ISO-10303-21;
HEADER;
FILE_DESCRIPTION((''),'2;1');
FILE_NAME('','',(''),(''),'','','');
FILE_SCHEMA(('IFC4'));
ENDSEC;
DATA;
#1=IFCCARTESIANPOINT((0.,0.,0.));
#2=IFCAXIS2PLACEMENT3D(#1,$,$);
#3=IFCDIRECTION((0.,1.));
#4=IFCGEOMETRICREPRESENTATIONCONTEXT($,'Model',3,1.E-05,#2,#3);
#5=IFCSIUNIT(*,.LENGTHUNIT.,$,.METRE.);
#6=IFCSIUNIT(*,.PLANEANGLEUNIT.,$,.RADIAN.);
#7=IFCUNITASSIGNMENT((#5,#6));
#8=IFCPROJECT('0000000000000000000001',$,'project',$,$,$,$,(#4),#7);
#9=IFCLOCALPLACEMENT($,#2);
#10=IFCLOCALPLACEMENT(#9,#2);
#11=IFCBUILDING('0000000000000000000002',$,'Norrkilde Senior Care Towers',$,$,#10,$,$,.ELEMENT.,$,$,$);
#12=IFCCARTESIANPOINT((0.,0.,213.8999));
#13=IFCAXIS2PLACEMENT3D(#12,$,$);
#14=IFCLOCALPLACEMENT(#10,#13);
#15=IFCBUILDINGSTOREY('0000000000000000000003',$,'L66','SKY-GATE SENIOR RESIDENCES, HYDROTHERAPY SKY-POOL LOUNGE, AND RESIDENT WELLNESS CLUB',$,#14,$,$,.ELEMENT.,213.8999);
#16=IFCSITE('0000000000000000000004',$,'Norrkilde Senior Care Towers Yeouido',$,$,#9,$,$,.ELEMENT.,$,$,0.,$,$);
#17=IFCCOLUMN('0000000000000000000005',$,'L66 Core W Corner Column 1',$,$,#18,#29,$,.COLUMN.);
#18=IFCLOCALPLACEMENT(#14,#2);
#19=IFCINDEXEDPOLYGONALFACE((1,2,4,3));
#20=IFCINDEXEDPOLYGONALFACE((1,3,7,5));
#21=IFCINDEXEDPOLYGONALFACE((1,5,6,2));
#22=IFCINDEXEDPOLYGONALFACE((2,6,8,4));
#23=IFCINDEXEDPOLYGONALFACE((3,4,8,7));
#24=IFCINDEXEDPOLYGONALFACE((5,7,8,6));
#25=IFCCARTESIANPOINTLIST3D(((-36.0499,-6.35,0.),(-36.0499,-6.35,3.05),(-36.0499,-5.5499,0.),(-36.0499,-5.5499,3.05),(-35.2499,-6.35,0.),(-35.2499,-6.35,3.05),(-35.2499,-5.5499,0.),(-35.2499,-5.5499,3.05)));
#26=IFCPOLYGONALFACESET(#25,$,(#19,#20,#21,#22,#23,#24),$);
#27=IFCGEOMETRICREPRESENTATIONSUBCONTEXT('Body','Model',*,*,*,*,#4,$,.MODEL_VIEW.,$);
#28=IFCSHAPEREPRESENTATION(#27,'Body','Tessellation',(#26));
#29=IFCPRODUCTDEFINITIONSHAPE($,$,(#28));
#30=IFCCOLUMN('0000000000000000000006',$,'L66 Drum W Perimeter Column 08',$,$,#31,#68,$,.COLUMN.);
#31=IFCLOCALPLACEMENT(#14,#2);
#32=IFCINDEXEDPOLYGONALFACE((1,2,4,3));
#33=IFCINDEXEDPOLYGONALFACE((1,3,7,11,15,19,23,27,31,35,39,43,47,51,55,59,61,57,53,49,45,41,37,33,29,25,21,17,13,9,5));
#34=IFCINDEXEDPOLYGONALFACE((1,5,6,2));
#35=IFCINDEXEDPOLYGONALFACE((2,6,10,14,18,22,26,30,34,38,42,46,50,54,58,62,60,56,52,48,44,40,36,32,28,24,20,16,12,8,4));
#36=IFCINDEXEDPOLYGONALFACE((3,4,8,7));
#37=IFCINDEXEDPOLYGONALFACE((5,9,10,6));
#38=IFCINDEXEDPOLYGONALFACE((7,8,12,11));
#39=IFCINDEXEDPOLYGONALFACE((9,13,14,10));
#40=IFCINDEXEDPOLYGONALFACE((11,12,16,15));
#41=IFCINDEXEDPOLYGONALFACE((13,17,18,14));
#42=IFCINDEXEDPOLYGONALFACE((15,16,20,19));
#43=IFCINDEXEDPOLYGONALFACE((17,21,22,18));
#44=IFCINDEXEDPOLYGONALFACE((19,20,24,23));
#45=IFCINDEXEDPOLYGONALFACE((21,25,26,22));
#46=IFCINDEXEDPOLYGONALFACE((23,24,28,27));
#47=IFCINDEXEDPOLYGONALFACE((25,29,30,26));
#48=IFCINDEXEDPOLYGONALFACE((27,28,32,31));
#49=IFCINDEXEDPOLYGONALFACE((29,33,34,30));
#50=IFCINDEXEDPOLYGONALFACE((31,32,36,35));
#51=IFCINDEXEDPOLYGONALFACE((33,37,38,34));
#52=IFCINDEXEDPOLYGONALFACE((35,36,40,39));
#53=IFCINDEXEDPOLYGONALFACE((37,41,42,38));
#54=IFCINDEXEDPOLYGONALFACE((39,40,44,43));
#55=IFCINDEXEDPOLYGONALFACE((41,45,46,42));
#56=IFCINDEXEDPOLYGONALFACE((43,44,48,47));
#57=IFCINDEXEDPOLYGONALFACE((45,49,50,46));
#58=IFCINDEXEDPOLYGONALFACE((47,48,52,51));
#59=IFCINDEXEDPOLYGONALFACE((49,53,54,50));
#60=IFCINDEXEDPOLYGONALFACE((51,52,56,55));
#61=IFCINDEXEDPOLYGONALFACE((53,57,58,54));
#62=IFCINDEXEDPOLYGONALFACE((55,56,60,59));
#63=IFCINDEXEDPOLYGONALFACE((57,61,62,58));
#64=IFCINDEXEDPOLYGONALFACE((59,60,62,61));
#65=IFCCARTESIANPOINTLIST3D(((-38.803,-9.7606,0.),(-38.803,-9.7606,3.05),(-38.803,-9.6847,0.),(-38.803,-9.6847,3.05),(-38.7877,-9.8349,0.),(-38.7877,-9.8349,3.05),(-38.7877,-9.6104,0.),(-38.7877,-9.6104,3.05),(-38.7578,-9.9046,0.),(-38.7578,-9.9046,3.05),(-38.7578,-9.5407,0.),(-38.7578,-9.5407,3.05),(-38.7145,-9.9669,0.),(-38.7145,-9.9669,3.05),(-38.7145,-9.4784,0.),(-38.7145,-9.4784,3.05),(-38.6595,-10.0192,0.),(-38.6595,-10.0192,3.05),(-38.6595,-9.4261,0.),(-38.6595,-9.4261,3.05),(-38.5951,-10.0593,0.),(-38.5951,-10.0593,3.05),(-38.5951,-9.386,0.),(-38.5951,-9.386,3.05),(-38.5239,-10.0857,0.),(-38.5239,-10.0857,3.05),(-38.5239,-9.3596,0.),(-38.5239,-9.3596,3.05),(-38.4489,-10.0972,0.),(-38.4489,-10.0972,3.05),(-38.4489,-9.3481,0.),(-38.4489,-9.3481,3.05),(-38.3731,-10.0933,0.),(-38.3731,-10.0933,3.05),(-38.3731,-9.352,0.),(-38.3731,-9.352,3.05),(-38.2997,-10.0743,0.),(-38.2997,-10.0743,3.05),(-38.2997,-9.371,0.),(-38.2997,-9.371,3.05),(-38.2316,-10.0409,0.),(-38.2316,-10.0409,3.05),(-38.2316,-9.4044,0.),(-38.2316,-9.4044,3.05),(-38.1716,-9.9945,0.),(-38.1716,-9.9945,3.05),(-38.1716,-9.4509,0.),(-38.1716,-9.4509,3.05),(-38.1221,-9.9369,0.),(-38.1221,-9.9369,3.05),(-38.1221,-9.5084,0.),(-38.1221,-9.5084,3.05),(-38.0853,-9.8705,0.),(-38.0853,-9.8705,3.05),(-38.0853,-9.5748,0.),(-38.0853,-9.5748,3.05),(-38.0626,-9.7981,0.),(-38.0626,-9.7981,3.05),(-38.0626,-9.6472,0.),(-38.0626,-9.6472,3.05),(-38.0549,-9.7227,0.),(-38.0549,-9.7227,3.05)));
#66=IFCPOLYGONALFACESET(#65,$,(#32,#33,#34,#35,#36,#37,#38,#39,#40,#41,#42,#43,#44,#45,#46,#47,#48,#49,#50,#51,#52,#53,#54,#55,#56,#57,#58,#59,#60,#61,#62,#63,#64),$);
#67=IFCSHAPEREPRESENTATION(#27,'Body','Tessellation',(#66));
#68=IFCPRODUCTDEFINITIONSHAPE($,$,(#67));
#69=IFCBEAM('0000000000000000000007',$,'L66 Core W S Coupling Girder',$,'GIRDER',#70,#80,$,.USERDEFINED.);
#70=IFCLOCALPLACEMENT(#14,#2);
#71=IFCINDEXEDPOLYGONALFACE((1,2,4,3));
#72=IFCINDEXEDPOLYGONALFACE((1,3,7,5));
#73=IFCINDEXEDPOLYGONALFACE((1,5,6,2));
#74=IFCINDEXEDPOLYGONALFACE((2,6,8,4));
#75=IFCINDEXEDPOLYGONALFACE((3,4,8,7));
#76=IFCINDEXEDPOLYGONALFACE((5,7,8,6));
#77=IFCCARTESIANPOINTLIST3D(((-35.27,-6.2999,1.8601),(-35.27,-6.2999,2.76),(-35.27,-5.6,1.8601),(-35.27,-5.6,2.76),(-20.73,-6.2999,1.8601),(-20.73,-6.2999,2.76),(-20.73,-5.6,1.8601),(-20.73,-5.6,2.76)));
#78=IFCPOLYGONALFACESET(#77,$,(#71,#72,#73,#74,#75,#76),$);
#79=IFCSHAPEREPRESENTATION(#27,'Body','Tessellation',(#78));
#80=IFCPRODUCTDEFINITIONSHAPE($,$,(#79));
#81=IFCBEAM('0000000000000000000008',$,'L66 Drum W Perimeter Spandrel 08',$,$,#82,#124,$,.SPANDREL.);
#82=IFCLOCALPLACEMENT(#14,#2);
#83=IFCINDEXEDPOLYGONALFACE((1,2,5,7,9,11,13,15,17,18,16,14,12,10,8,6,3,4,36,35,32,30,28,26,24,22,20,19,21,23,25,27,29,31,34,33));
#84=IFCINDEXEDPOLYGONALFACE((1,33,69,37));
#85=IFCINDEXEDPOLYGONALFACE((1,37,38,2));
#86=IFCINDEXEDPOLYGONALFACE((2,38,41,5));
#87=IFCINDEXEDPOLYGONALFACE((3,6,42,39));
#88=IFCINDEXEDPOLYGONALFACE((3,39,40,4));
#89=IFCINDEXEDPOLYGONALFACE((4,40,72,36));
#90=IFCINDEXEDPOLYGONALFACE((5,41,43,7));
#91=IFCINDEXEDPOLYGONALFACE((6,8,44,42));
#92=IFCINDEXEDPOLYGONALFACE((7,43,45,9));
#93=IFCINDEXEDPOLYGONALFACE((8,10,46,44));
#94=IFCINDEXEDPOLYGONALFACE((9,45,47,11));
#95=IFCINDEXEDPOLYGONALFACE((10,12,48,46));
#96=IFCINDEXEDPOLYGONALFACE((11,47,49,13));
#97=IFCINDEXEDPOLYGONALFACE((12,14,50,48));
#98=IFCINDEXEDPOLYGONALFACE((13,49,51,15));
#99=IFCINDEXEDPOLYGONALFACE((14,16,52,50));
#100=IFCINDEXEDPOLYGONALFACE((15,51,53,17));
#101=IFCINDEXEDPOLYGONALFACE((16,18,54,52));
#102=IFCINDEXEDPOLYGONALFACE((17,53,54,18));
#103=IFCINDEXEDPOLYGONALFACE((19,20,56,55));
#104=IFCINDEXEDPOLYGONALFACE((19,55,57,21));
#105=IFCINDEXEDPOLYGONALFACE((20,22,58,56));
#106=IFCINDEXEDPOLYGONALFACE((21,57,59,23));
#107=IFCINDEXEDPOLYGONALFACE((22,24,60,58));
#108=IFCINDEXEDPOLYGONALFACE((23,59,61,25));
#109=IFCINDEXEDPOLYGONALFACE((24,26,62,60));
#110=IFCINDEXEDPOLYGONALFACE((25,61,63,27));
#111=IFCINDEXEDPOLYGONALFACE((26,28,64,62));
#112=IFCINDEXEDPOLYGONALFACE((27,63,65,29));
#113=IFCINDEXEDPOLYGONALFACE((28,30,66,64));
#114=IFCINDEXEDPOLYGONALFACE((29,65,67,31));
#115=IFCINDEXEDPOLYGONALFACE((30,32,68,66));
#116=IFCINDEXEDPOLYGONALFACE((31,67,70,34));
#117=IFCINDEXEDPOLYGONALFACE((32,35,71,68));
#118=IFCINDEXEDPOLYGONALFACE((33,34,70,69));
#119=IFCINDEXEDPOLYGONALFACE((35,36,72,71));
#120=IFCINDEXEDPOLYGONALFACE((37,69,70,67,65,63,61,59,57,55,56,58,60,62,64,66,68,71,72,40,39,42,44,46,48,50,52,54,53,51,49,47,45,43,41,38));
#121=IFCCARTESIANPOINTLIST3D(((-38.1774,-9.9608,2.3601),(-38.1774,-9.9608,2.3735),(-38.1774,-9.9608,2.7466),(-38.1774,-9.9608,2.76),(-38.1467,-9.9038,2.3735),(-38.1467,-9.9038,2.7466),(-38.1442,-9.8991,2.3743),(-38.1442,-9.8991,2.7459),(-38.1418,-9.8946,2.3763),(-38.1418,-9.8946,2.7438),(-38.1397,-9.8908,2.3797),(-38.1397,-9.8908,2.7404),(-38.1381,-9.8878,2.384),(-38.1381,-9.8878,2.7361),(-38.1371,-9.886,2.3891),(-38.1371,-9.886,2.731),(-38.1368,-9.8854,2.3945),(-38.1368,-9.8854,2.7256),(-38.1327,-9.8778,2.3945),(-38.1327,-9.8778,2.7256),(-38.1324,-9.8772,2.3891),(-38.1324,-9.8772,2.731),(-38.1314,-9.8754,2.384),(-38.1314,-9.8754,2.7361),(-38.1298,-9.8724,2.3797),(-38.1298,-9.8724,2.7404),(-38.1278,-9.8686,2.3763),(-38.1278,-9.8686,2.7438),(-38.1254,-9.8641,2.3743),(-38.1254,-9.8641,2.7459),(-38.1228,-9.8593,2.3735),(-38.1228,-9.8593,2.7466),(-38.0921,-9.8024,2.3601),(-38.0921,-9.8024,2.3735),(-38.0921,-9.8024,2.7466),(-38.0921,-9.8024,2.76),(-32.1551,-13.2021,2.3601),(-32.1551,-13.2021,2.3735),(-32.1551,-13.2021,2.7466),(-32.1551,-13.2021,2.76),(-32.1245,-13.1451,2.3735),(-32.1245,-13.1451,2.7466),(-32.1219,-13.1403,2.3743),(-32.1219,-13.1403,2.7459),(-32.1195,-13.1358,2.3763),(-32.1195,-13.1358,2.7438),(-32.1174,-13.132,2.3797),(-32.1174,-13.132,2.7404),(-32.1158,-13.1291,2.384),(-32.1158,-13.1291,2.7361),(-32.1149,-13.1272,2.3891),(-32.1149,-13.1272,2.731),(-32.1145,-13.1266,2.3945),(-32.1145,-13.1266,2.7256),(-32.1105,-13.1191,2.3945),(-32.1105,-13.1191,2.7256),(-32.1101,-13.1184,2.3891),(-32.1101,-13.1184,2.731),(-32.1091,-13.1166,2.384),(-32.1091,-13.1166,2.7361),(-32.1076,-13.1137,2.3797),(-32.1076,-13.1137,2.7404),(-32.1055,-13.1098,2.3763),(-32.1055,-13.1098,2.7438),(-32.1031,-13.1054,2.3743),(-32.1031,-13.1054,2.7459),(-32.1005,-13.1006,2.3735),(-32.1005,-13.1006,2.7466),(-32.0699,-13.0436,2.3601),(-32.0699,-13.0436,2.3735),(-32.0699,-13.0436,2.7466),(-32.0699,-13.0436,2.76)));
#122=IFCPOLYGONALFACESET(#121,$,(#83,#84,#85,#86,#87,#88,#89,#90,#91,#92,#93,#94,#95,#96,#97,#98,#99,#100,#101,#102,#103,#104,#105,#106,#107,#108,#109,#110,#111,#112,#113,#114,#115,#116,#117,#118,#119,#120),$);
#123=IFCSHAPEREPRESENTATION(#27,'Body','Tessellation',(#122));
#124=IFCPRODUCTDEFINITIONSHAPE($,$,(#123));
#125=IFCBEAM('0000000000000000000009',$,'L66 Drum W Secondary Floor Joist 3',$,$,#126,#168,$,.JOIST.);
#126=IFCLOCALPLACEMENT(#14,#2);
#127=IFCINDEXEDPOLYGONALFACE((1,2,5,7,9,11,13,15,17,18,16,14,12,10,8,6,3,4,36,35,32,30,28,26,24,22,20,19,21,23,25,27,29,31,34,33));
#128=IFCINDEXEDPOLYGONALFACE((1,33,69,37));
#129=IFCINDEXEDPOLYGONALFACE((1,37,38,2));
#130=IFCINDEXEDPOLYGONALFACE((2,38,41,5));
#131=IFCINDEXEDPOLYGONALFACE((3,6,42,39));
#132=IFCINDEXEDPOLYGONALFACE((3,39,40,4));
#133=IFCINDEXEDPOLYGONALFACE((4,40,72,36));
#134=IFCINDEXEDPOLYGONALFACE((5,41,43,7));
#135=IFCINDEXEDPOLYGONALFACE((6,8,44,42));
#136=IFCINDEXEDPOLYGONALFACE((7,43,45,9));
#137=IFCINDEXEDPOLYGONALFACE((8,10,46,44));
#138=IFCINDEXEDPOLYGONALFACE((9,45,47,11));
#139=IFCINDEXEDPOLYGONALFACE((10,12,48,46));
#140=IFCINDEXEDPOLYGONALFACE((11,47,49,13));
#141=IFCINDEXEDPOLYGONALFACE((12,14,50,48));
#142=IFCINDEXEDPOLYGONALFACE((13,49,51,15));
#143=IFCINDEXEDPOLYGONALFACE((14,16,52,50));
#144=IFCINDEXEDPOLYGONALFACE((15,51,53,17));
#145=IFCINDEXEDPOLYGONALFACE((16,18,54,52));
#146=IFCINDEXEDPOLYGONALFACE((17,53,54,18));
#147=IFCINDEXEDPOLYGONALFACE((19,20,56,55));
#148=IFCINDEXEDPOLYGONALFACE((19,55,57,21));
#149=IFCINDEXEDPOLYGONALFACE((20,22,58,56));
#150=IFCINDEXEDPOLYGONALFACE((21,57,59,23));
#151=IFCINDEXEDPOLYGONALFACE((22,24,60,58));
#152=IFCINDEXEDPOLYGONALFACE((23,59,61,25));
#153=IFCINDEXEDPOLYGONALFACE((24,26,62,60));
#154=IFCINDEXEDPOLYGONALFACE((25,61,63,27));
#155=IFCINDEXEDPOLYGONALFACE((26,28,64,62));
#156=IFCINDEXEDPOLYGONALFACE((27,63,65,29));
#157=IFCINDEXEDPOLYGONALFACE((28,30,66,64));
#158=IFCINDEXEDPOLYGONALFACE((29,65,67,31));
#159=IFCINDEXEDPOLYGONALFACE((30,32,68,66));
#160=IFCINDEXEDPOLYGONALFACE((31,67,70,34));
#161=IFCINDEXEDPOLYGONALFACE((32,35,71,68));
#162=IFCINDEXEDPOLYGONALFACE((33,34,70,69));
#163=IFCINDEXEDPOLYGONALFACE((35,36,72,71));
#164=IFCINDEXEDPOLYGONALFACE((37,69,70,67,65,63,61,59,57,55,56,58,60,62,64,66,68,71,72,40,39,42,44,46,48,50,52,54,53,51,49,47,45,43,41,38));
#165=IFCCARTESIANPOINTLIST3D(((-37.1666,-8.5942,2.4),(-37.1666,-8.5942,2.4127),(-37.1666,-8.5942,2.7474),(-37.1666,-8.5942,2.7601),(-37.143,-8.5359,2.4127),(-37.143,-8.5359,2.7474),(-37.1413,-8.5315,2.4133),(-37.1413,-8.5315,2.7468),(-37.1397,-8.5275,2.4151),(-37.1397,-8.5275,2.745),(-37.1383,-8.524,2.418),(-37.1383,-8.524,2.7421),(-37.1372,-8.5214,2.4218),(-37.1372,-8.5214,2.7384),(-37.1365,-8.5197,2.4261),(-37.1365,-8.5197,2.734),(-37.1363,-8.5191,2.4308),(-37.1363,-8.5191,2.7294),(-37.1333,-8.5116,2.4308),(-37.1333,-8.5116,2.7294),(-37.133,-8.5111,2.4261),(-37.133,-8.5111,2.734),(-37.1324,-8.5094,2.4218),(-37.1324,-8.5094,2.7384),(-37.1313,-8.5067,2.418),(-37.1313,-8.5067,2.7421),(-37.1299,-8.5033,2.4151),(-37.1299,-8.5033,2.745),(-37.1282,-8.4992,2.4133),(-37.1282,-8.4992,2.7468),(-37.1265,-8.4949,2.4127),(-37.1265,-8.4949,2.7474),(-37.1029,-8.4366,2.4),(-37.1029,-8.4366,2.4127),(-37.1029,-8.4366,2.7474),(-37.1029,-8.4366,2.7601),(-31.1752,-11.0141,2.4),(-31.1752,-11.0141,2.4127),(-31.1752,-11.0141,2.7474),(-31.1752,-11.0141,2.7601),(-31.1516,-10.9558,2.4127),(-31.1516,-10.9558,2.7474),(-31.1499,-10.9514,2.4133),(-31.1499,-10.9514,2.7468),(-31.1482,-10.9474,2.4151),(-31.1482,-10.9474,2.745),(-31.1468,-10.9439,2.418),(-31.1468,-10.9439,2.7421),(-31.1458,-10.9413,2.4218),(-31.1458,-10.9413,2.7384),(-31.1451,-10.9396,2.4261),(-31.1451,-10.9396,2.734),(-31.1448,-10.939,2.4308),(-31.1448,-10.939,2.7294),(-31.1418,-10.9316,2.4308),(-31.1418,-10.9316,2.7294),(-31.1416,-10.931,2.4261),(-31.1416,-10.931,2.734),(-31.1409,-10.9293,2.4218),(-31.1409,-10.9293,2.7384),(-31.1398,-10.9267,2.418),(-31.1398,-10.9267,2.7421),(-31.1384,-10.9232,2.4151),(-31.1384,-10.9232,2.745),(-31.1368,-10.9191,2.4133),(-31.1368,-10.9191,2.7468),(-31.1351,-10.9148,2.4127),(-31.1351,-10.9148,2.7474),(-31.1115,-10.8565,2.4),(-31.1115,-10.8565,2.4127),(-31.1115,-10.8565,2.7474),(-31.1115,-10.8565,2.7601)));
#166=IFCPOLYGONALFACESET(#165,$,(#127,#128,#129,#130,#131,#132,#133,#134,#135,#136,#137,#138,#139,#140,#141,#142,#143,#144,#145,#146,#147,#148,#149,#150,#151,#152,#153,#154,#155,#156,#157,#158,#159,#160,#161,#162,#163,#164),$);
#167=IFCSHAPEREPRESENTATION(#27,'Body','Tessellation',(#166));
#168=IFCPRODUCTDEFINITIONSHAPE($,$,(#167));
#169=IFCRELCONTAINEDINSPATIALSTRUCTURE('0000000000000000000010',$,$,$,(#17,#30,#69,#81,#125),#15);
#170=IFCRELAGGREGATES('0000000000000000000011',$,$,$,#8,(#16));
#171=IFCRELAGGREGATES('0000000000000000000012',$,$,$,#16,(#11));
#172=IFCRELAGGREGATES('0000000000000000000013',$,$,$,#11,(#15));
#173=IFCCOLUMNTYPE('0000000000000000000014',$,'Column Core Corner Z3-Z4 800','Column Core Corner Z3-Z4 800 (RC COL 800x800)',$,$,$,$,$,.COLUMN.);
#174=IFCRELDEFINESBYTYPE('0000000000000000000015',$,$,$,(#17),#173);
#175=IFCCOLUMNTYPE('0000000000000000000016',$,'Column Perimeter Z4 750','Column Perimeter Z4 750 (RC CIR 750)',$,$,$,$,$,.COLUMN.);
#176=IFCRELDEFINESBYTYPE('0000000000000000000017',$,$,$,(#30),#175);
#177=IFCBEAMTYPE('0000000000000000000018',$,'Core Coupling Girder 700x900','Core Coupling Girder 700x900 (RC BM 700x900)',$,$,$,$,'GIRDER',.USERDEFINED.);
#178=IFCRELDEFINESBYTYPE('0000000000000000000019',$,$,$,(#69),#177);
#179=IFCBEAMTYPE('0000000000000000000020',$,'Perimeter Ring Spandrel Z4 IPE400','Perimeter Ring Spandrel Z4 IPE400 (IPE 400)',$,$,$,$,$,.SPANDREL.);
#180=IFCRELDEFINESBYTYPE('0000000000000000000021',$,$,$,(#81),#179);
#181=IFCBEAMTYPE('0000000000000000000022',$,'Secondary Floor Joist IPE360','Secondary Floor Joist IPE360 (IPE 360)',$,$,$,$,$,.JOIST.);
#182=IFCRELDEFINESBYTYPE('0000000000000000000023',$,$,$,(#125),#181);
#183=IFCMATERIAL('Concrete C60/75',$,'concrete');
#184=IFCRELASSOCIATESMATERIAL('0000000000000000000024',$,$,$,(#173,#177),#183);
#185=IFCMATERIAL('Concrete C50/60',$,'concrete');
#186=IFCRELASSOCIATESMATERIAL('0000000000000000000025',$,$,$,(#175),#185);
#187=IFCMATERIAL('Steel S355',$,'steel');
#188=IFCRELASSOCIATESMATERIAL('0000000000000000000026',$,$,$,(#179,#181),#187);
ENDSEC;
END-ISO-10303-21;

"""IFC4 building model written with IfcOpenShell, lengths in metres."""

from ifc_helpers import new_model, si_unit, direction, frame, origin, origin_2d, place, context, subcontext, project, spatial, rectangle, circle, i_section, extrude, source, transform, mapped, material, material_profile, profile_set, type_object, type_shapes, element, save


model = new_model("IFC4")

# Units and contexts
model_context = context("Model", 3, precision=1e-05, world=origin(), true_north=direction((0.0, 1.0)))
body_context = subcontext(model_context, "Body", "Model", "MODEL_VIEW")
ifc_project = project(units=[si_unit("LENGTHUNIT", "METRE"), si_unit("PLANEANGLEUNIT", "RADIAN")], contexts=[model_context])

# Site, building, storey
site_placement = place(None, origin())
site = spatial("IfcSite", under=ifc_project, at=site_placement, Name="Norrkilde Senior Care Towers Yeouido", CompositionType="ELEMENT", RefElevation=0.0)
building_placement = place(site_placement, origin())
building = spatial("IfcBuilding", under=site, at=building_placement, Name="Norrkilde Senior Care Towers", CompositionType="ELEMENT")
storey_placement = place(building_placement, frame((0.0, 0.0, 213.8999)))
storey = spatial("IfcBuildingStorey", under=building, at=storey_placement, Name="L66", Description="SKY-GATE SENIOR RESIDENCES, HYDROTHERAPY SKY-POOL LOUNGE, AND RESIDENT WELLNESS CLUB", CompositionType="ELEMENT", Elevation=213.8999)

# Columns
ifc_material_1 = material(Name="Concrete C60/75", Category="concrete")
ifc_material_profile_1 = material_profile(ifc_material_1, rectangle(XDim=0.8, YDim=0.8, at=origin_2d()), Name="RC COL 800x800")
ifc_profile_set_1 = profile_set([ifc_material_profile_1], Name="Concrete C60/75")
column_type_1 = type_object("IfcColumnType", Name="Column Core Corner Z3-Z4 800", Description="Column Core Corner Z3-Z4 800 (RC COL 800x800)", PredefinedType="COLUMN", material=ifc_profile_set_1)
shared_shape_1 = source(origin(), body_context, "Body", "SweptSolid", [
    extrude(rectangle(XDim=0.8, YDim=0.8, at=origin_2d()), origin(), (0.0, 0.0, 1.0), 3.05),
])
type_shapes(column_type_1, [shared_shape_1])
column_1_placement = place(storey_placement, frame((-35.6499, -5.95, 0.0), z_axis=(0.0, 0.0, 1.0), x_axis=(1.0, 0.0, 0.0)))
element("IfcColumn", 1, at=column_1_placement, inside=storey, type_object=column_type_1, Name="L66 Core W Corner Column 1", PredefinedType="COLUMN", context=body_context, shape_type="MappedRepresentation", body=[
    mapped(shared_shape_1, transform((0.0, 0.0, 0.0), x_axis=(1.0, 0.0, 0.0), y_axis=(0.0, 1.0, 0.0), z_axis=(0.0, 0.0, 1.0), scale=1.0)),
])
ifc_material_2 = material(Name="Concrete C50/60", Category="concrete")
ifc_material_profile_2 = material_profile(ifc_material_2, circle(Radius=0.375, at=origin_2d()), Name="RC CIR 750")
ifc_profile_set_2 = profile_set([ifc_material_profile_2], Name="Concrete C50/60")
column_type_2 = type_object("IfcColumnType", Name="Column Perimeter Z4 750", Description="Column Perimeter Z4 750 (RC CIR 750)", PredefinedType="COLUMN", material=ifc_profile_set_2)
shared_shape_2 = source(origin(), body_context, "Body", "SweptSolid", [
    extrude(circle(Radius=0.375, at=origin_2d()), origin(), (0.0, 0.0, 1.0), 3.05),
])
type_shapes(column_type_2, [shared_shape_2])
column_2_placement = place(storey_placement, frame((-38.4299, -9.7227, 0.0), z_axis=(0.0, 0.0, 1.0), x_axis=(1.0, 0.0, 0.0)))
element("IfcColumn", 2, at=column_2_placement, inside=storey, type_object=column_type_2, Name="L66 Drum W Perimeter Column 08", PredefinedType="COLUMN", context=body_context, shape_type="MappedRepresentation", body=[
    mapped(shared_shape_2, transform((0.0, 0.0, 0.0), x_axis=(1.0, 0.0, 0.0), y_axis=(0.0, 1.0, 0.0), z_axis=(0.0, 0.0, 1.0), scale=1.0)),
])

# Beams
ifc_material_profile_3 = material_profile(ifc_material_1, rectangle(XDim=0.7, YDim=0.8999, at=origin_2d()), Name="RC BM 700x900")
ifc_profile_set_3 = profile_set([ifc_material_profile_3], Name="Concrete C60/75")
beam_type_1 = type_object("IfcBeamType", Name="Core Coupling Girder 700x900", Description="Core Coupling Girder 700x900 (RC BM 700x900)", ElementType="GIRDER", PredefinedType="USERDEFINED", material=ifc_profile_set_3)
shared_shape_3 = source(origin(), body_context, "Body", "SweptSolid", [
    extrude(rectangle(XDim=0.7, YDim=0.8999, at=origin_2d()), origin(), (0.0, 0.0, 1.0), 14.54),
])
type_shapes(beam_type_1, [shared_shape_3])
beam_1_placement = place(storey_placement, frame((-35.27, -5.95, 2.3101), z_axis=(1.0, 0.0, 0.0), x_axis=(0.0, 1.0, 0.0)))
element("IfcBeam", 3, at=beam_1_placement, inside=storey, type_object=beam_type_1, Name="L66 Core W S Coupling Girder", ObjectType="GIRDER", PredefinedType="USERDEFINED", context=body_context, shape_type="MappedRepresentation", body=[
    mapped(shared_shape_3, transform((0.0, 0.0, 0.0), x_axis=(1.0, 0.0, 0.0), y_axis=(0.0, 1.0, 0.0), z_axis=(0.0, 0.0, 1.0), scale=1.0)),
])
ifc_material_3 = material(Name="Steel S355", Category="steel")
ifc_material_profile_4 = material_profile(ifc_material_3, i_section(OverallWidth=0.1799, OverallDepth=0.3999, WebThickness=0.0085, FlangeThickness=0.0134, FilletRadius=0.021, at=origin_2d()), Name="IPE 400")
ifc_profile_set_4 = profile_set([ifc_material_profile_4], Name="Steel S355")
beam_type_2 = type_object("IfcBeamType", Name="Perimeter Ring Spandrel Z4 IPE400", Description="Perimeter Ring Spandrel Z4 IPE400 (IPE 400)", PredefinedType="SPANDREL", material=ifc_profile_set_4)
shared_shape_4 = source(origin(), body_context, "Body", "SweptSolid", [
    extrude(i_section(OverallWidth=0.1799, OverallDepth=0.3999, WebThickness=0.0085, FlangeThickness=0.0134, FilletRadius=0.021, at=origin_2d()), origin(), (0.0, 0.0, 1.0), 6.8391),
])
type_shapes(beam_type_2, [shared_shape_4])
beam_2_placement = place(storey_placement, frame((-38.1348, -9.8816, 2.5601), z_axis=(0.880564, -0.473927, 0.0), x_axis=(0.473927, 0.880564, 0.0)))
element("IfcBeam", 4, at=beam_2_placement, inside=storey, type_object=beam_type_2, Name="L66 Drum W Perimeter Spandrel 08", PredefinedType="SPANDREL", context=body_context, shape_type="MappedRepresentation", body=[
    mapped(shared_shape_4, transform((0.0, 0.0, 0.0), x_axis=(1.0, 0.0, 0.0), y_axis=(0.0, 1.0, 0.0), z_axis=(0.0, 0.0, 1.0), scale=1.0)),
])
ifc_material_profile_5 = material_profile(ifc_material_3, i_section(OverallWidth=0.1699, OverallDepth=0.3601, WebThickness=0.0081, FlangeThickness=0.0127, FilletRadius=0.0181, at=origin_2d()), Name="IPE 360")
ifc_profile_set_5 = profile_set([ifc_material_profile_5], Name="Steel S355")
beam_type_3 = type_object("IfcBeamType", Name="Secondary Floor Joist IPE360", Description="Secondary Floor Joist IPE360 (IPE 360)", PredefinedType="JOIST", material=ifc_profile_set_5)
shared_shape_5 = source(origin(), body_context, "Body", "SweptSolid", [
    extrude(i_section(OverallWidth=0.1699, OverallDepth=0.3601, WebThickness=0.0081, FlangeThickness=0.0127, FilletRadius=0.0181, at=origin_2d()), origin(), (0.0, 0.0, 1.0), 6.4617),
])
type_shapes(beam_type_3, [shared_shape_5])
beam_3_placement = place(storey_placement, frame((-37.1348, -8.5154, 2.5801), z_axis=(0.927226, -0.374502, 0.0), x_axis=(0.374502, 0.927226, 0.0)))
element("IfcBeam", 5, at=beam_3_placement, inside=storey, type_object=beam_type_3, Name="L66 Drum W Secondary Floor Joist 3", PredefinedType="JOIST", context=body_context, shape_type="MappedRepresentation", body=[
    mapped(shared_shape_5, transform((0.0, 0.0, 0.0), x_axis=(1.0, 0.0, 0.0), y_axis=(0.0, 1.0, 0.0), z_axis=(0.0, 0.0, 1.0), scale=1.0)),
])

save(model, "model.ifc")
